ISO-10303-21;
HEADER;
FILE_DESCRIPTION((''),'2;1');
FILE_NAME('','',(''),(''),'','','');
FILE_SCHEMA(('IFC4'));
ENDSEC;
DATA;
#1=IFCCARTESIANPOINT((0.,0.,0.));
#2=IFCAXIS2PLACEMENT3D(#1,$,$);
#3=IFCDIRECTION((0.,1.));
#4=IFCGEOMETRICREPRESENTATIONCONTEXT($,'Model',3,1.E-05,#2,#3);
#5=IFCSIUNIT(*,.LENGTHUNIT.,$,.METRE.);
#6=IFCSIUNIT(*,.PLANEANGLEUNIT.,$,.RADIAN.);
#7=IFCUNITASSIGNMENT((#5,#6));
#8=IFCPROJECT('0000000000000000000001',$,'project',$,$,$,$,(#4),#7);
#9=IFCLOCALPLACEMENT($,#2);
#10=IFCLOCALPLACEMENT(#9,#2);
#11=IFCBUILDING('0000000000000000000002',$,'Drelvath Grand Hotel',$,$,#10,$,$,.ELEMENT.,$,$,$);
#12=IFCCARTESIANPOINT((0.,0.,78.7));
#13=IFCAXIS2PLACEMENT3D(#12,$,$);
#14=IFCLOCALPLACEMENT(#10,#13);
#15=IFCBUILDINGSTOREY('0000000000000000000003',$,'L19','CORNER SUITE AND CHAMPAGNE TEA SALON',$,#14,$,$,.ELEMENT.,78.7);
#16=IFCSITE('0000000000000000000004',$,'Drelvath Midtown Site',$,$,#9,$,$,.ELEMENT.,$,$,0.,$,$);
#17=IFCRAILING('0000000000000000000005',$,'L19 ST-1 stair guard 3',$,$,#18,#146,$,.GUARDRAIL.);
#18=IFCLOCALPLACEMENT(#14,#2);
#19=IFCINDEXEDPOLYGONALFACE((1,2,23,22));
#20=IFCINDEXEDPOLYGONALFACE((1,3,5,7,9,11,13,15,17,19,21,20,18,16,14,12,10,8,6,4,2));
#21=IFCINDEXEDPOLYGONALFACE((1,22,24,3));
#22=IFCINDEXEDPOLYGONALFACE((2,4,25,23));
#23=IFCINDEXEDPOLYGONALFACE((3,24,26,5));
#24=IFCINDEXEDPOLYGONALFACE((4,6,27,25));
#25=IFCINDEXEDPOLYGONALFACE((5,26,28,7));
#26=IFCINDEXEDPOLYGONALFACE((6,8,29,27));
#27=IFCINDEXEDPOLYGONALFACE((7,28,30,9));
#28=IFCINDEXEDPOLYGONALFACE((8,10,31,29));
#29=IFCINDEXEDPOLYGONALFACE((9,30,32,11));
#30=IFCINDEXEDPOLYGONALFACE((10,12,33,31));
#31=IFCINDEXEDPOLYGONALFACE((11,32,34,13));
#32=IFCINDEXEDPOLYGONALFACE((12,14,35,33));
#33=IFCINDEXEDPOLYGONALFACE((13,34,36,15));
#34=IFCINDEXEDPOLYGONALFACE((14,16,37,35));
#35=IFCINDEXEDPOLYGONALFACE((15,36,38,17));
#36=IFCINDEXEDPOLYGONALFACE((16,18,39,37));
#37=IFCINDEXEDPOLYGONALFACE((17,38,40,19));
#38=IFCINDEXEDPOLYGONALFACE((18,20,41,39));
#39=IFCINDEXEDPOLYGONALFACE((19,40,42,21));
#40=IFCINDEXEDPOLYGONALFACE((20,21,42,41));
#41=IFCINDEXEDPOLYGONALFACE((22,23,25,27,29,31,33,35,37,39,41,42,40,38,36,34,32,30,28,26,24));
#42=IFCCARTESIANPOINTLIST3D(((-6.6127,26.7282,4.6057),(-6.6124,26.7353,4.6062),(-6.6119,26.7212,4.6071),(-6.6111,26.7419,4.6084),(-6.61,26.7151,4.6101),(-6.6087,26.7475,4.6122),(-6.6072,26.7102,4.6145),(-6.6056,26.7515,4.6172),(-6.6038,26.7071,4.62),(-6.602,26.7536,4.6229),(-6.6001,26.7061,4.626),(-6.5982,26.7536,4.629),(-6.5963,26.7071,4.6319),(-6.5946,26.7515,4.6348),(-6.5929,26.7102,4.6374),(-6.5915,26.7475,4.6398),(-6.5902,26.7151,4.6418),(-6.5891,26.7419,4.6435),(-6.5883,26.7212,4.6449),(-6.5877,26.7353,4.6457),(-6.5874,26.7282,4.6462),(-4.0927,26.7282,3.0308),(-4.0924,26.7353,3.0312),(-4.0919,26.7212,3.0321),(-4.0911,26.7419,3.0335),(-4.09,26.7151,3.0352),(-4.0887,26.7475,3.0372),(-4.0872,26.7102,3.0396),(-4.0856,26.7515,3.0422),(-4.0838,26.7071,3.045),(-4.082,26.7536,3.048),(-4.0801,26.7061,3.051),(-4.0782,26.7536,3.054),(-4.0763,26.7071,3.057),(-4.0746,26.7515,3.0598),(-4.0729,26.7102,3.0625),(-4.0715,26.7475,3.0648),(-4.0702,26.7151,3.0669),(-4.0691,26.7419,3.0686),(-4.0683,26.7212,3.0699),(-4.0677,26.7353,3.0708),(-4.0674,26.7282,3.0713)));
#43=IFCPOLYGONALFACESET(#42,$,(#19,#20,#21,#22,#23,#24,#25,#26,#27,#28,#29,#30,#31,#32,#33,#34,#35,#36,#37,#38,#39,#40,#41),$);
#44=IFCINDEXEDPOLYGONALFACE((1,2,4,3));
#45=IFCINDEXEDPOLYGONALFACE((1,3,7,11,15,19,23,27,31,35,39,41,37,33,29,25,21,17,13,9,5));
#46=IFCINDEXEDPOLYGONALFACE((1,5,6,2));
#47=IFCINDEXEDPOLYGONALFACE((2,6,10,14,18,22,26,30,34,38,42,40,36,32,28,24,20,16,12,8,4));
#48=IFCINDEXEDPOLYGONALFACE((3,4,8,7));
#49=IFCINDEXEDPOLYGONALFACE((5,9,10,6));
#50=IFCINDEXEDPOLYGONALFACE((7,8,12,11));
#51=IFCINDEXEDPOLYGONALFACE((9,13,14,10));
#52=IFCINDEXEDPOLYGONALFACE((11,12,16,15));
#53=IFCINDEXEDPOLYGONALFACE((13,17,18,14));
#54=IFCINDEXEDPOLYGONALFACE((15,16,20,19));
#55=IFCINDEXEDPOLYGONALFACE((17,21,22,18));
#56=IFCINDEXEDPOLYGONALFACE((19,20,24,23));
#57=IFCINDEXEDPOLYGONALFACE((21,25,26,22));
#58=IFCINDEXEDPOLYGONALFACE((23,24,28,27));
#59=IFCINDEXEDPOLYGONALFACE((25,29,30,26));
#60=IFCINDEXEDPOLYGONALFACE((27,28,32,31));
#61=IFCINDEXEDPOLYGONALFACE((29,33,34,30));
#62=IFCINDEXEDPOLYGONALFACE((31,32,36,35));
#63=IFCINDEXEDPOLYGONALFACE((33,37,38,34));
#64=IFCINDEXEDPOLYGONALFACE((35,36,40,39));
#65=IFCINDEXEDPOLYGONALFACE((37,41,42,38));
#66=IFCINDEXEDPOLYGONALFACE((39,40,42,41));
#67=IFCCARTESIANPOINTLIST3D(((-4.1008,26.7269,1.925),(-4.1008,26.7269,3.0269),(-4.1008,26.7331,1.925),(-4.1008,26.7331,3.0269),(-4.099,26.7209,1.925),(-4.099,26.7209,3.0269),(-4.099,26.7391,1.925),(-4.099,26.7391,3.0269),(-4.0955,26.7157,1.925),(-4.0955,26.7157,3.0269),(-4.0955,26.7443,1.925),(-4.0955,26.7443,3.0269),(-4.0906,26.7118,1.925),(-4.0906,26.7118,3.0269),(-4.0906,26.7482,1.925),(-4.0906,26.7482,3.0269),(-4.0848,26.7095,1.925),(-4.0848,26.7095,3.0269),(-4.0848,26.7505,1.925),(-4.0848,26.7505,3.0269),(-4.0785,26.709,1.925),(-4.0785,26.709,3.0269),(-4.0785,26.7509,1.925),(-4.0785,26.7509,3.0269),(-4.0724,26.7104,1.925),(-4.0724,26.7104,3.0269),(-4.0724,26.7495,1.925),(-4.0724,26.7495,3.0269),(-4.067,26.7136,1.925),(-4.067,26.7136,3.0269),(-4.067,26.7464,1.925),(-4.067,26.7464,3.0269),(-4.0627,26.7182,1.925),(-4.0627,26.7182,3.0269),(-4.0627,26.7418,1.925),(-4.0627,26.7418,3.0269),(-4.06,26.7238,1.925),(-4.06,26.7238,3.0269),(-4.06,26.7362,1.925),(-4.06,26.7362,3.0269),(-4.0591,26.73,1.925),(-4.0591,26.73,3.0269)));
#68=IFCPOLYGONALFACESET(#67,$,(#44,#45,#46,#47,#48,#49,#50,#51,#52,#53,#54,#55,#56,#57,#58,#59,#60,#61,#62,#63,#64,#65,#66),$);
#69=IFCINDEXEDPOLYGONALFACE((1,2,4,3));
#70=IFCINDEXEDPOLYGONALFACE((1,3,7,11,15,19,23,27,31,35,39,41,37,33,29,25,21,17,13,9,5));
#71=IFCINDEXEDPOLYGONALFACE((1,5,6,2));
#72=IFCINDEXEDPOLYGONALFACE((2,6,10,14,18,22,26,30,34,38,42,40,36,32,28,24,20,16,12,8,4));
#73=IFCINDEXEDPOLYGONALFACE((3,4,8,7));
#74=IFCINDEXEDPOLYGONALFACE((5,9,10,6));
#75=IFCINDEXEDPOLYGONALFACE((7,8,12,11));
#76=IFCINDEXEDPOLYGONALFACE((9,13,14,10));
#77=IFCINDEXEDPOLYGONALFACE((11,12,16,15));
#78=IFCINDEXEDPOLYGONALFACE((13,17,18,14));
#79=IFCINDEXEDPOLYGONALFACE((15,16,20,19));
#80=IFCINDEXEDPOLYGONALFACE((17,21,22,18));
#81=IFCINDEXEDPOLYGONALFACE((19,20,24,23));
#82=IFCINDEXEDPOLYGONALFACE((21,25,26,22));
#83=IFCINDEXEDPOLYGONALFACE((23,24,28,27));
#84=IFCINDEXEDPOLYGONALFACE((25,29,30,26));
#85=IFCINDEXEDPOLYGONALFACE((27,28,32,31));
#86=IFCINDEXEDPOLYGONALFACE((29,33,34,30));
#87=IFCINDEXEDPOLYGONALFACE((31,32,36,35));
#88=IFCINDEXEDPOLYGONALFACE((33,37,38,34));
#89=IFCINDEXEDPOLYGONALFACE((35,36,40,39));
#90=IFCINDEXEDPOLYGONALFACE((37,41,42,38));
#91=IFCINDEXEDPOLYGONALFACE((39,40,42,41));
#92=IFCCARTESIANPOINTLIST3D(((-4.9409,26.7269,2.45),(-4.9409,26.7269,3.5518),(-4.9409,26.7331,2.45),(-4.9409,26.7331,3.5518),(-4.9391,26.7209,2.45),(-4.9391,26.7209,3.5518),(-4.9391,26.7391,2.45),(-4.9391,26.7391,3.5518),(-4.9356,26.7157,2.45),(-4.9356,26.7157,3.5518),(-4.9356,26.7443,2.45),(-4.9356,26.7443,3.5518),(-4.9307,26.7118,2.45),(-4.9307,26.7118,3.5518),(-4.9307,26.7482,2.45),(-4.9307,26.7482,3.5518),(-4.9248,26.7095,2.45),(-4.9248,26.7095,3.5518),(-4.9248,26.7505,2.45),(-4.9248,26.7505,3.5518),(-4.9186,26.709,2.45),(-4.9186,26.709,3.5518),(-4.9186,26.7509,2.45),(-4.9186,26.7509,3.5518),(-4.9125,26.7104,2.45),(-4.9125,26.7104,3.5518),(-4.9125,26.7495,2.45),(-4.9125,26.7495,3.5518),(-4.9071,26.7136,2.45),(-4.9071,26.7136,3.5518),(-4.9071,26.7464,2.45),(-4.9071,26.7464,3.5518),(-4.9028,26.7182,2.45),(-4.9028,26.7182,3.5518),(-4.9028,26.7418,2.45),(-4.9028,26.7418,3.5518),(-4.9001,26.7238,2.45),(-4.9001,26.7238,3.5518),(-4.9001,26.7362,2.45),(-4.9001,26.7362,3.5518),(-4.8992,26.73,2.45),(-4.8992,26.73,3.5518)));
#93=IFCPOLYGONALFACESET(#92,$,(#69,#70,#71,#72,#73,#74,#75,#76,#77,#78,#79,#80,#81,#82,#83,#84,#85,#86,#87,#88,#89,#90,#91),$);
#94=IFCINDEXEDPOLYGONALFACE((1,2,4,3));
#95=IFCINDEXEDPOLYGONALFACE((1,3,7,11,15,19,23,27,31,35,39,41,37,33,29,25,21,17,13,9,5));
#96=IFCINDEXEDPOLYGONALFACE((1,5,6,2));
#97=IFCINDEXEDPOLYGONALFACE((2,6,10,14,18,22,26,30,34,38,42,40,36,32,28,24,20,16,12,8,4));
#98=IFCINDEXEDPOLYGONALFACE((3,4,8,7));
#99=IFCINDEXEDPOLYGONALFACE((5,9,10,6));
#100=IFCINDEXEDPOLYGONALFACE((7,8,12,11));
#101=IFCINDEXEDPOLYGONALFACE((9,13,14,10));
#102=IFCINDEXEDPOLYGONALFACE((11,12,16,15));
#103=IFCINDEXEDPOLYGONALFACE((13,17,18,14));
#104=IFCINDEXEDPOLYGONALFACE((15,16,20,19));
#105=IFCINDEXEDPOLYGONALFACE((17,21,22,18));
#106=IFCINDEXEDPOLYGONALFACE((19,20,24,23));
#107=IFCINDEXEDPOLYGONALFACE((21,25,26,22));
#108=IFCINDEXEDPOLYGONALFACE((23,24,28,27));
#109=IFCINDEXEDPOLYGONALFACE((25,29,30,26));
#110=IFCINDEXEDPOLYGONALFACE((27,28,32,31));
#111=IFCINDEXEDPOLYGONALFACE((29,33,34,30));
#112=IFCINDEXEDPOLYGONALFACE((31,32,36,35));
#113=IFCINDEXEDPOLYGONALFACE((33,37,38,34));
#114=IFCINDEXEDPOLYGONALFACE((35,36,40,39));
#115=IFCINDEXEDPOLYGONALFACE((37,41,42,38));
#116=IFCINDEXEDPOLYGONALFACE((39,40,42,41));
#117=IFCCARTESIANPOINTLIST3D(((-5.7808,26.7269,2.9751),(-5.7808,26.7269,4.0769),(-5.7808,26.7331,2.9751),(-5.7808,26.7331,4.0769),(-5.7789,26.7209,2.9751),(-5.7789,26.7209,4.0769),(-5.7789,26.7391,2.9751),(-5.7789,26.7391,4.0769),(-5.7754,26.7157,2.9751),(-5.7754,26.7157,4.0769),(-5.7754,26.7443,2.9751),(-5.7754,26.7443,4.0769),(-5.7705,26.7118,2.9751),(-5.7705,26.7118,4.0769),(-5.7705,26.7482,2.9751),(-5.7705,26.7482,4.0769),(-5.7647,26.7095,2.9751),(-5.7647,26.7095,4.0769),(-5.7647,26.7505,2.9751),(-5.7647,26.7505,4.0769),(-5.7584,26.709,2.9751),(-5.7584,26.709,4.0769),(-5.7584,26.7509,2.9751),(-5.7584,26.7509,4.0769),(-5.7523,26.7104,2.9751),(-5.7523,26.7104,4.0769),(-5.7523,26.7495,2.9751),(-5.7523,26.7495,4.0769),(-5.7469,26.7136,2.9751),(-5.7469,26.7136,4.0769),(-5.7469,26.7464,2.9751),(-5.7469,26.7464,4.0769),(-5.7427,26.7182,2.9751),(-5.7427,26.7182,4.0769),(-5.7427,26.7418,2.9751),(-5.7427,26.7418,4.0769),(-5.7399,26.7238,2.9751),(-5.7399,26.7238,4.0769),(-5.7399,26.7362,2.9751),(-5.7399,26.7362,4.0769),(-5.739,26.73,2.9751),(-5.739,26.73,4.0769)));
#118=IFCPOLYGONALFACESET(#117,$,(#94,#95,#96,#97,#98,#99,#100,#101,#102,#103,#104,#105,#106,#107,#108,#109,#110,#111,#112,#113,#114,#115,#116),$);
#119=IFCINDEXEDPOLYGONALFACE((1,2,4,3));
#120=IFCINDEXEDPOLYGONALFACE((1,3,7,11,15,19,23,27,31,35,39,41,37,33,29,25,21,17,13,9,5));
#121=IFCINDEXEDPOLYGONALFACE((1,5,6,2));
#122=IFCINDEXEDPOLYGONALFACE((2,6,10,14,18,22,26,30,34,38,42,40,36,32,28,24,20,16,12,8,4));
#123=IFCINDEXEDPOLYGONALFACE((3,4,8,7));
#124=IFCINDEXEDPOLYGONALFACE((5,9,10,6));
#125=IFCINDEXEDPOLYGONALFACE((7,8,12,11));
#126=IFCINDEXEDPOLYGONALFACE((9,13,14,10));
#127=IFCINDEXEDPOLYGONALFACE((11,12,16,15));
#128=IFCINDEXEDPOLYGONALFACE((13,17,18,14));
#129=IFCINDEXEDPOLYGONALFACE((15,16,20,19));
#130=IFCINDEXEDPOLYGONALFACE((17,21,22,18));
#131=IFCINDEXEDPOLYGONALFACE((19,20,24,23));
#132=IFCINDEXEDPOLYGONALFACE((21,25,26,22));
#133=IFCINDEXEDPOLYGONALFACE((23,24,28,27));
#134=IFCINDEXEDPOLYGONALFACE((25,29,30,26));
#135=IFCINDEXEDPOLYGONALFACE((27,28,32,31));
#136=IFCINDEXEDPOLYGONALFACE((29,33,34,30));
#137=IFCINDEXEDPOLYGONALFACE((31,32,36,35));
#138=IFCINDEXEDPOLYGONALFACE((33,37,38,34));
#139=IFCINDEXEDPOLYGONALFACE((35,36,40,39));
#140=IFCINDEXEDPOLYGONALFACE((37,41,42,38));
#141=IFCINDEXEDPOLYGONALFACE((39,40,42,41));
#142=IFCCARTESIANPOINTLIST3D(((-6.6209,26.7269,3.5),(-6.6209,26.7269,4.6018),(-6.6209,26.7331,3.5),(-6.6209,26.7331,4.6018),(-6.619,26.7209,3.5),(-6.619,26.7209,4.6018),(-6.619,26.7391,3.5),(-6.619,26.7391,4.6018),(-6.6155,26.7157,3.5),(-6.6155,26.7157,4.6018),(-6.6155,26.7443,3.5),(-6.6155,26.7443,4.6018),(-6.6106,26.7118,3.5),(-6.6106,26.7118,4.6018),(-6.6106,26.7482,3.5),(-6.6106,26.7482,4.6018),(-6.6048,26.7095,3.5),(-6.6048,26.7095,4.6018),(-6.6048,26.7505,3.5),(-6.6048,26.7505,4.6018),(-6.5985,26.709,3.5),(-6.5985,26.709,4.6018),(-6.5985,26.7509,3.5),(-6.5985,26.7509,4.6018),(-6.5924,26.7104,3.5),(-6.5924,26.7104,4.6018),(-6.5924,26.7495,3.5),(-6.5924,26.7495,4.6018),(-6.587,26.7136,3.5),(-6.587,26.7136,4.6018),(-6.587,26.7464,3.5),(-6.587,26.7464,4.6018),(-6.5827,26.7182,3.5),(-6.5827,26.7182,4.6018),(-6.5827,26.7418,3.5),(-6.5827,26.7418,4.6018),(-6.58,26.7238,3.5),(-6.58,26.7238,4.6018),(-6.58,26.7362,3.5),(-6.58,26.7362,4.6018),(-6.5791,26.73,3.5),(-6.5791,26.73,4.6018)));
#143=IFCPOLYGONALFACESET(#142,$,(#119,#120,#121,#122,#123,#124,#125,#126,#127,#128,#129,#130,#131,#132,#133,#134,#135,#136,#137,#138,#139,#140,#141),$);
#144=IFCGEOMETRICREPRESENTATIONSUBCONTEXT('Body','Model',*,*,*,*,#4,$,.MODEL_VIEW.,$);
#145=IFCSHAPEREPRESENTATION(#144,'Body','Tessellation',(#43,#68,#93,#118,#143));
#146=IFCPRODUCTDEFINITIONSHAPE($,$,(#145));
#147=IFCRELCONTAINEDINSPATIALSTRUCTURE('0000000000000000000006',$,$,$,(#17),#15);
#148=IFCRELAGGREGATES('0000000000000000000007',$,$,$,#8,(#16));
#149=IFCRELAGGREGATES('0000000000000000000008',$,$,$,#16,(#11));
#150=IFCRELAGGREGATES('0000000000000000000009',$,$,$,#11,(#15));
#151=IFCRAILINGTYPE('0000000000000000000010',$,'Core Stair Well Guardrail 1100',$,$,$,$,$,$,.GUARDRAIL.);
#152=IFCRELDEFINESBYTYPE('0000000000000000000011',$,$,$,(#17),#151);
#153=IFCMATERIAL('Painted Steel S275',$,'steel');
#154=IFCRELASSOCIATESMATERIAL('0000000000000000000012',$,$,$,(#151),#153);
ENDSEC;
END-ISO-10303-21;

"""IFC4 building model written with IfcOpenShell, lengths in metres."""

from ifc_helpers import new_model, si_unit, direction, frame, origin, origin_2d, place, context, subcontext, project, spatial, circle, extrude, material, type_object, element, save


model = new_model("IFC4")

# Units and contexts
model_context = context("Model", 3, precision=1e-05, world=origin(), true_north=direction((0.0, 1.0)))
body_context = subcontext(model_context, "Body", "Model", "MODEL_VIEW")
ifc_project = project(units=[si_unit("LENGTHUNIT", "METRE"), si_unit("PLANEANGLEUNIT", "RADIAN")], contexts=[model_context])

# Site, building, storey
site_placement = place(None, origin())
site = spatial("IfcSite", under=ifc_project, at=site_placement, Name="Drelvath Midtown Site", CompositionType="ELEMENT", RefElevation=0.0)
building_placement = place(site_placement, origin())
building = spatial("IfcBuilding", under=site, at=building_placement, Name="Drelvath Grand Hotel", CompositionType="ELEMENT")
storey_placement = place(building_placement, frame((0.0, 0.0, 78.7)))
storey = spatial("IfcBuildingStorey", under=building, at=storey_placement, Name="L19", Description="CORNER SUITE AND CHAMPAGNE TEA SALON", CompositionType="ELEMENT", Elevation=78.7)

# Shared definitions
ifc_material_1 = material(Name="Painted Steel S275", Category="steel")

# Railing
railing_type_1 = type_object("IfcRailingType", Name="Core Stair Well Guardrail 1100", PredefinedType="GUARDRAIL", material=ifc_material_1)
railing_1_placement = place(storey_placement, frame((-4.0801, 26.73, 1.925)))
element("IfcRailing", 1, at=railing_1_placement, inside=storey, type_object=railing_type_1, Name="L19 ST-1 stair guard 3", PredefinedType="GUARDRAIL", context=body_context, shape_type="SweptSolid", body=[
    extrude(circle(Radius=0.0239, at=origin_2d()), frame((0.0, 0.0, 1.126), z_axis=(-0.848008, 0.0, 0.529984), x_axis=(0.0, -1.0, 0.0)), (0.0, 0.0, 1.0), 2.9717),
    extrude(circle(Radius=0.021, at=origin_2d()), origin(), (0.0, 0.0, 1.0), 1.1018),
    extrude(circle(Radius=0.021, at=origin_2d()), frame((-0.8401, 0.0, 0.5249)), (0.0, 0.0, 1.0), 1.1018),
    extrude(circle(Radius=0.021, at=origin_2d()), frame((-1.6799, 0.0, 1.05)), (0.0, 0.0, 1.0), 1.1018),
    extrude(circle(Radius=0.021, at=origin_2d()), frame((-2.52, 0.0, 1.575)), (0.0, 0.0, 1.0), 1.1018),
])

save(model, "model.ifc")
